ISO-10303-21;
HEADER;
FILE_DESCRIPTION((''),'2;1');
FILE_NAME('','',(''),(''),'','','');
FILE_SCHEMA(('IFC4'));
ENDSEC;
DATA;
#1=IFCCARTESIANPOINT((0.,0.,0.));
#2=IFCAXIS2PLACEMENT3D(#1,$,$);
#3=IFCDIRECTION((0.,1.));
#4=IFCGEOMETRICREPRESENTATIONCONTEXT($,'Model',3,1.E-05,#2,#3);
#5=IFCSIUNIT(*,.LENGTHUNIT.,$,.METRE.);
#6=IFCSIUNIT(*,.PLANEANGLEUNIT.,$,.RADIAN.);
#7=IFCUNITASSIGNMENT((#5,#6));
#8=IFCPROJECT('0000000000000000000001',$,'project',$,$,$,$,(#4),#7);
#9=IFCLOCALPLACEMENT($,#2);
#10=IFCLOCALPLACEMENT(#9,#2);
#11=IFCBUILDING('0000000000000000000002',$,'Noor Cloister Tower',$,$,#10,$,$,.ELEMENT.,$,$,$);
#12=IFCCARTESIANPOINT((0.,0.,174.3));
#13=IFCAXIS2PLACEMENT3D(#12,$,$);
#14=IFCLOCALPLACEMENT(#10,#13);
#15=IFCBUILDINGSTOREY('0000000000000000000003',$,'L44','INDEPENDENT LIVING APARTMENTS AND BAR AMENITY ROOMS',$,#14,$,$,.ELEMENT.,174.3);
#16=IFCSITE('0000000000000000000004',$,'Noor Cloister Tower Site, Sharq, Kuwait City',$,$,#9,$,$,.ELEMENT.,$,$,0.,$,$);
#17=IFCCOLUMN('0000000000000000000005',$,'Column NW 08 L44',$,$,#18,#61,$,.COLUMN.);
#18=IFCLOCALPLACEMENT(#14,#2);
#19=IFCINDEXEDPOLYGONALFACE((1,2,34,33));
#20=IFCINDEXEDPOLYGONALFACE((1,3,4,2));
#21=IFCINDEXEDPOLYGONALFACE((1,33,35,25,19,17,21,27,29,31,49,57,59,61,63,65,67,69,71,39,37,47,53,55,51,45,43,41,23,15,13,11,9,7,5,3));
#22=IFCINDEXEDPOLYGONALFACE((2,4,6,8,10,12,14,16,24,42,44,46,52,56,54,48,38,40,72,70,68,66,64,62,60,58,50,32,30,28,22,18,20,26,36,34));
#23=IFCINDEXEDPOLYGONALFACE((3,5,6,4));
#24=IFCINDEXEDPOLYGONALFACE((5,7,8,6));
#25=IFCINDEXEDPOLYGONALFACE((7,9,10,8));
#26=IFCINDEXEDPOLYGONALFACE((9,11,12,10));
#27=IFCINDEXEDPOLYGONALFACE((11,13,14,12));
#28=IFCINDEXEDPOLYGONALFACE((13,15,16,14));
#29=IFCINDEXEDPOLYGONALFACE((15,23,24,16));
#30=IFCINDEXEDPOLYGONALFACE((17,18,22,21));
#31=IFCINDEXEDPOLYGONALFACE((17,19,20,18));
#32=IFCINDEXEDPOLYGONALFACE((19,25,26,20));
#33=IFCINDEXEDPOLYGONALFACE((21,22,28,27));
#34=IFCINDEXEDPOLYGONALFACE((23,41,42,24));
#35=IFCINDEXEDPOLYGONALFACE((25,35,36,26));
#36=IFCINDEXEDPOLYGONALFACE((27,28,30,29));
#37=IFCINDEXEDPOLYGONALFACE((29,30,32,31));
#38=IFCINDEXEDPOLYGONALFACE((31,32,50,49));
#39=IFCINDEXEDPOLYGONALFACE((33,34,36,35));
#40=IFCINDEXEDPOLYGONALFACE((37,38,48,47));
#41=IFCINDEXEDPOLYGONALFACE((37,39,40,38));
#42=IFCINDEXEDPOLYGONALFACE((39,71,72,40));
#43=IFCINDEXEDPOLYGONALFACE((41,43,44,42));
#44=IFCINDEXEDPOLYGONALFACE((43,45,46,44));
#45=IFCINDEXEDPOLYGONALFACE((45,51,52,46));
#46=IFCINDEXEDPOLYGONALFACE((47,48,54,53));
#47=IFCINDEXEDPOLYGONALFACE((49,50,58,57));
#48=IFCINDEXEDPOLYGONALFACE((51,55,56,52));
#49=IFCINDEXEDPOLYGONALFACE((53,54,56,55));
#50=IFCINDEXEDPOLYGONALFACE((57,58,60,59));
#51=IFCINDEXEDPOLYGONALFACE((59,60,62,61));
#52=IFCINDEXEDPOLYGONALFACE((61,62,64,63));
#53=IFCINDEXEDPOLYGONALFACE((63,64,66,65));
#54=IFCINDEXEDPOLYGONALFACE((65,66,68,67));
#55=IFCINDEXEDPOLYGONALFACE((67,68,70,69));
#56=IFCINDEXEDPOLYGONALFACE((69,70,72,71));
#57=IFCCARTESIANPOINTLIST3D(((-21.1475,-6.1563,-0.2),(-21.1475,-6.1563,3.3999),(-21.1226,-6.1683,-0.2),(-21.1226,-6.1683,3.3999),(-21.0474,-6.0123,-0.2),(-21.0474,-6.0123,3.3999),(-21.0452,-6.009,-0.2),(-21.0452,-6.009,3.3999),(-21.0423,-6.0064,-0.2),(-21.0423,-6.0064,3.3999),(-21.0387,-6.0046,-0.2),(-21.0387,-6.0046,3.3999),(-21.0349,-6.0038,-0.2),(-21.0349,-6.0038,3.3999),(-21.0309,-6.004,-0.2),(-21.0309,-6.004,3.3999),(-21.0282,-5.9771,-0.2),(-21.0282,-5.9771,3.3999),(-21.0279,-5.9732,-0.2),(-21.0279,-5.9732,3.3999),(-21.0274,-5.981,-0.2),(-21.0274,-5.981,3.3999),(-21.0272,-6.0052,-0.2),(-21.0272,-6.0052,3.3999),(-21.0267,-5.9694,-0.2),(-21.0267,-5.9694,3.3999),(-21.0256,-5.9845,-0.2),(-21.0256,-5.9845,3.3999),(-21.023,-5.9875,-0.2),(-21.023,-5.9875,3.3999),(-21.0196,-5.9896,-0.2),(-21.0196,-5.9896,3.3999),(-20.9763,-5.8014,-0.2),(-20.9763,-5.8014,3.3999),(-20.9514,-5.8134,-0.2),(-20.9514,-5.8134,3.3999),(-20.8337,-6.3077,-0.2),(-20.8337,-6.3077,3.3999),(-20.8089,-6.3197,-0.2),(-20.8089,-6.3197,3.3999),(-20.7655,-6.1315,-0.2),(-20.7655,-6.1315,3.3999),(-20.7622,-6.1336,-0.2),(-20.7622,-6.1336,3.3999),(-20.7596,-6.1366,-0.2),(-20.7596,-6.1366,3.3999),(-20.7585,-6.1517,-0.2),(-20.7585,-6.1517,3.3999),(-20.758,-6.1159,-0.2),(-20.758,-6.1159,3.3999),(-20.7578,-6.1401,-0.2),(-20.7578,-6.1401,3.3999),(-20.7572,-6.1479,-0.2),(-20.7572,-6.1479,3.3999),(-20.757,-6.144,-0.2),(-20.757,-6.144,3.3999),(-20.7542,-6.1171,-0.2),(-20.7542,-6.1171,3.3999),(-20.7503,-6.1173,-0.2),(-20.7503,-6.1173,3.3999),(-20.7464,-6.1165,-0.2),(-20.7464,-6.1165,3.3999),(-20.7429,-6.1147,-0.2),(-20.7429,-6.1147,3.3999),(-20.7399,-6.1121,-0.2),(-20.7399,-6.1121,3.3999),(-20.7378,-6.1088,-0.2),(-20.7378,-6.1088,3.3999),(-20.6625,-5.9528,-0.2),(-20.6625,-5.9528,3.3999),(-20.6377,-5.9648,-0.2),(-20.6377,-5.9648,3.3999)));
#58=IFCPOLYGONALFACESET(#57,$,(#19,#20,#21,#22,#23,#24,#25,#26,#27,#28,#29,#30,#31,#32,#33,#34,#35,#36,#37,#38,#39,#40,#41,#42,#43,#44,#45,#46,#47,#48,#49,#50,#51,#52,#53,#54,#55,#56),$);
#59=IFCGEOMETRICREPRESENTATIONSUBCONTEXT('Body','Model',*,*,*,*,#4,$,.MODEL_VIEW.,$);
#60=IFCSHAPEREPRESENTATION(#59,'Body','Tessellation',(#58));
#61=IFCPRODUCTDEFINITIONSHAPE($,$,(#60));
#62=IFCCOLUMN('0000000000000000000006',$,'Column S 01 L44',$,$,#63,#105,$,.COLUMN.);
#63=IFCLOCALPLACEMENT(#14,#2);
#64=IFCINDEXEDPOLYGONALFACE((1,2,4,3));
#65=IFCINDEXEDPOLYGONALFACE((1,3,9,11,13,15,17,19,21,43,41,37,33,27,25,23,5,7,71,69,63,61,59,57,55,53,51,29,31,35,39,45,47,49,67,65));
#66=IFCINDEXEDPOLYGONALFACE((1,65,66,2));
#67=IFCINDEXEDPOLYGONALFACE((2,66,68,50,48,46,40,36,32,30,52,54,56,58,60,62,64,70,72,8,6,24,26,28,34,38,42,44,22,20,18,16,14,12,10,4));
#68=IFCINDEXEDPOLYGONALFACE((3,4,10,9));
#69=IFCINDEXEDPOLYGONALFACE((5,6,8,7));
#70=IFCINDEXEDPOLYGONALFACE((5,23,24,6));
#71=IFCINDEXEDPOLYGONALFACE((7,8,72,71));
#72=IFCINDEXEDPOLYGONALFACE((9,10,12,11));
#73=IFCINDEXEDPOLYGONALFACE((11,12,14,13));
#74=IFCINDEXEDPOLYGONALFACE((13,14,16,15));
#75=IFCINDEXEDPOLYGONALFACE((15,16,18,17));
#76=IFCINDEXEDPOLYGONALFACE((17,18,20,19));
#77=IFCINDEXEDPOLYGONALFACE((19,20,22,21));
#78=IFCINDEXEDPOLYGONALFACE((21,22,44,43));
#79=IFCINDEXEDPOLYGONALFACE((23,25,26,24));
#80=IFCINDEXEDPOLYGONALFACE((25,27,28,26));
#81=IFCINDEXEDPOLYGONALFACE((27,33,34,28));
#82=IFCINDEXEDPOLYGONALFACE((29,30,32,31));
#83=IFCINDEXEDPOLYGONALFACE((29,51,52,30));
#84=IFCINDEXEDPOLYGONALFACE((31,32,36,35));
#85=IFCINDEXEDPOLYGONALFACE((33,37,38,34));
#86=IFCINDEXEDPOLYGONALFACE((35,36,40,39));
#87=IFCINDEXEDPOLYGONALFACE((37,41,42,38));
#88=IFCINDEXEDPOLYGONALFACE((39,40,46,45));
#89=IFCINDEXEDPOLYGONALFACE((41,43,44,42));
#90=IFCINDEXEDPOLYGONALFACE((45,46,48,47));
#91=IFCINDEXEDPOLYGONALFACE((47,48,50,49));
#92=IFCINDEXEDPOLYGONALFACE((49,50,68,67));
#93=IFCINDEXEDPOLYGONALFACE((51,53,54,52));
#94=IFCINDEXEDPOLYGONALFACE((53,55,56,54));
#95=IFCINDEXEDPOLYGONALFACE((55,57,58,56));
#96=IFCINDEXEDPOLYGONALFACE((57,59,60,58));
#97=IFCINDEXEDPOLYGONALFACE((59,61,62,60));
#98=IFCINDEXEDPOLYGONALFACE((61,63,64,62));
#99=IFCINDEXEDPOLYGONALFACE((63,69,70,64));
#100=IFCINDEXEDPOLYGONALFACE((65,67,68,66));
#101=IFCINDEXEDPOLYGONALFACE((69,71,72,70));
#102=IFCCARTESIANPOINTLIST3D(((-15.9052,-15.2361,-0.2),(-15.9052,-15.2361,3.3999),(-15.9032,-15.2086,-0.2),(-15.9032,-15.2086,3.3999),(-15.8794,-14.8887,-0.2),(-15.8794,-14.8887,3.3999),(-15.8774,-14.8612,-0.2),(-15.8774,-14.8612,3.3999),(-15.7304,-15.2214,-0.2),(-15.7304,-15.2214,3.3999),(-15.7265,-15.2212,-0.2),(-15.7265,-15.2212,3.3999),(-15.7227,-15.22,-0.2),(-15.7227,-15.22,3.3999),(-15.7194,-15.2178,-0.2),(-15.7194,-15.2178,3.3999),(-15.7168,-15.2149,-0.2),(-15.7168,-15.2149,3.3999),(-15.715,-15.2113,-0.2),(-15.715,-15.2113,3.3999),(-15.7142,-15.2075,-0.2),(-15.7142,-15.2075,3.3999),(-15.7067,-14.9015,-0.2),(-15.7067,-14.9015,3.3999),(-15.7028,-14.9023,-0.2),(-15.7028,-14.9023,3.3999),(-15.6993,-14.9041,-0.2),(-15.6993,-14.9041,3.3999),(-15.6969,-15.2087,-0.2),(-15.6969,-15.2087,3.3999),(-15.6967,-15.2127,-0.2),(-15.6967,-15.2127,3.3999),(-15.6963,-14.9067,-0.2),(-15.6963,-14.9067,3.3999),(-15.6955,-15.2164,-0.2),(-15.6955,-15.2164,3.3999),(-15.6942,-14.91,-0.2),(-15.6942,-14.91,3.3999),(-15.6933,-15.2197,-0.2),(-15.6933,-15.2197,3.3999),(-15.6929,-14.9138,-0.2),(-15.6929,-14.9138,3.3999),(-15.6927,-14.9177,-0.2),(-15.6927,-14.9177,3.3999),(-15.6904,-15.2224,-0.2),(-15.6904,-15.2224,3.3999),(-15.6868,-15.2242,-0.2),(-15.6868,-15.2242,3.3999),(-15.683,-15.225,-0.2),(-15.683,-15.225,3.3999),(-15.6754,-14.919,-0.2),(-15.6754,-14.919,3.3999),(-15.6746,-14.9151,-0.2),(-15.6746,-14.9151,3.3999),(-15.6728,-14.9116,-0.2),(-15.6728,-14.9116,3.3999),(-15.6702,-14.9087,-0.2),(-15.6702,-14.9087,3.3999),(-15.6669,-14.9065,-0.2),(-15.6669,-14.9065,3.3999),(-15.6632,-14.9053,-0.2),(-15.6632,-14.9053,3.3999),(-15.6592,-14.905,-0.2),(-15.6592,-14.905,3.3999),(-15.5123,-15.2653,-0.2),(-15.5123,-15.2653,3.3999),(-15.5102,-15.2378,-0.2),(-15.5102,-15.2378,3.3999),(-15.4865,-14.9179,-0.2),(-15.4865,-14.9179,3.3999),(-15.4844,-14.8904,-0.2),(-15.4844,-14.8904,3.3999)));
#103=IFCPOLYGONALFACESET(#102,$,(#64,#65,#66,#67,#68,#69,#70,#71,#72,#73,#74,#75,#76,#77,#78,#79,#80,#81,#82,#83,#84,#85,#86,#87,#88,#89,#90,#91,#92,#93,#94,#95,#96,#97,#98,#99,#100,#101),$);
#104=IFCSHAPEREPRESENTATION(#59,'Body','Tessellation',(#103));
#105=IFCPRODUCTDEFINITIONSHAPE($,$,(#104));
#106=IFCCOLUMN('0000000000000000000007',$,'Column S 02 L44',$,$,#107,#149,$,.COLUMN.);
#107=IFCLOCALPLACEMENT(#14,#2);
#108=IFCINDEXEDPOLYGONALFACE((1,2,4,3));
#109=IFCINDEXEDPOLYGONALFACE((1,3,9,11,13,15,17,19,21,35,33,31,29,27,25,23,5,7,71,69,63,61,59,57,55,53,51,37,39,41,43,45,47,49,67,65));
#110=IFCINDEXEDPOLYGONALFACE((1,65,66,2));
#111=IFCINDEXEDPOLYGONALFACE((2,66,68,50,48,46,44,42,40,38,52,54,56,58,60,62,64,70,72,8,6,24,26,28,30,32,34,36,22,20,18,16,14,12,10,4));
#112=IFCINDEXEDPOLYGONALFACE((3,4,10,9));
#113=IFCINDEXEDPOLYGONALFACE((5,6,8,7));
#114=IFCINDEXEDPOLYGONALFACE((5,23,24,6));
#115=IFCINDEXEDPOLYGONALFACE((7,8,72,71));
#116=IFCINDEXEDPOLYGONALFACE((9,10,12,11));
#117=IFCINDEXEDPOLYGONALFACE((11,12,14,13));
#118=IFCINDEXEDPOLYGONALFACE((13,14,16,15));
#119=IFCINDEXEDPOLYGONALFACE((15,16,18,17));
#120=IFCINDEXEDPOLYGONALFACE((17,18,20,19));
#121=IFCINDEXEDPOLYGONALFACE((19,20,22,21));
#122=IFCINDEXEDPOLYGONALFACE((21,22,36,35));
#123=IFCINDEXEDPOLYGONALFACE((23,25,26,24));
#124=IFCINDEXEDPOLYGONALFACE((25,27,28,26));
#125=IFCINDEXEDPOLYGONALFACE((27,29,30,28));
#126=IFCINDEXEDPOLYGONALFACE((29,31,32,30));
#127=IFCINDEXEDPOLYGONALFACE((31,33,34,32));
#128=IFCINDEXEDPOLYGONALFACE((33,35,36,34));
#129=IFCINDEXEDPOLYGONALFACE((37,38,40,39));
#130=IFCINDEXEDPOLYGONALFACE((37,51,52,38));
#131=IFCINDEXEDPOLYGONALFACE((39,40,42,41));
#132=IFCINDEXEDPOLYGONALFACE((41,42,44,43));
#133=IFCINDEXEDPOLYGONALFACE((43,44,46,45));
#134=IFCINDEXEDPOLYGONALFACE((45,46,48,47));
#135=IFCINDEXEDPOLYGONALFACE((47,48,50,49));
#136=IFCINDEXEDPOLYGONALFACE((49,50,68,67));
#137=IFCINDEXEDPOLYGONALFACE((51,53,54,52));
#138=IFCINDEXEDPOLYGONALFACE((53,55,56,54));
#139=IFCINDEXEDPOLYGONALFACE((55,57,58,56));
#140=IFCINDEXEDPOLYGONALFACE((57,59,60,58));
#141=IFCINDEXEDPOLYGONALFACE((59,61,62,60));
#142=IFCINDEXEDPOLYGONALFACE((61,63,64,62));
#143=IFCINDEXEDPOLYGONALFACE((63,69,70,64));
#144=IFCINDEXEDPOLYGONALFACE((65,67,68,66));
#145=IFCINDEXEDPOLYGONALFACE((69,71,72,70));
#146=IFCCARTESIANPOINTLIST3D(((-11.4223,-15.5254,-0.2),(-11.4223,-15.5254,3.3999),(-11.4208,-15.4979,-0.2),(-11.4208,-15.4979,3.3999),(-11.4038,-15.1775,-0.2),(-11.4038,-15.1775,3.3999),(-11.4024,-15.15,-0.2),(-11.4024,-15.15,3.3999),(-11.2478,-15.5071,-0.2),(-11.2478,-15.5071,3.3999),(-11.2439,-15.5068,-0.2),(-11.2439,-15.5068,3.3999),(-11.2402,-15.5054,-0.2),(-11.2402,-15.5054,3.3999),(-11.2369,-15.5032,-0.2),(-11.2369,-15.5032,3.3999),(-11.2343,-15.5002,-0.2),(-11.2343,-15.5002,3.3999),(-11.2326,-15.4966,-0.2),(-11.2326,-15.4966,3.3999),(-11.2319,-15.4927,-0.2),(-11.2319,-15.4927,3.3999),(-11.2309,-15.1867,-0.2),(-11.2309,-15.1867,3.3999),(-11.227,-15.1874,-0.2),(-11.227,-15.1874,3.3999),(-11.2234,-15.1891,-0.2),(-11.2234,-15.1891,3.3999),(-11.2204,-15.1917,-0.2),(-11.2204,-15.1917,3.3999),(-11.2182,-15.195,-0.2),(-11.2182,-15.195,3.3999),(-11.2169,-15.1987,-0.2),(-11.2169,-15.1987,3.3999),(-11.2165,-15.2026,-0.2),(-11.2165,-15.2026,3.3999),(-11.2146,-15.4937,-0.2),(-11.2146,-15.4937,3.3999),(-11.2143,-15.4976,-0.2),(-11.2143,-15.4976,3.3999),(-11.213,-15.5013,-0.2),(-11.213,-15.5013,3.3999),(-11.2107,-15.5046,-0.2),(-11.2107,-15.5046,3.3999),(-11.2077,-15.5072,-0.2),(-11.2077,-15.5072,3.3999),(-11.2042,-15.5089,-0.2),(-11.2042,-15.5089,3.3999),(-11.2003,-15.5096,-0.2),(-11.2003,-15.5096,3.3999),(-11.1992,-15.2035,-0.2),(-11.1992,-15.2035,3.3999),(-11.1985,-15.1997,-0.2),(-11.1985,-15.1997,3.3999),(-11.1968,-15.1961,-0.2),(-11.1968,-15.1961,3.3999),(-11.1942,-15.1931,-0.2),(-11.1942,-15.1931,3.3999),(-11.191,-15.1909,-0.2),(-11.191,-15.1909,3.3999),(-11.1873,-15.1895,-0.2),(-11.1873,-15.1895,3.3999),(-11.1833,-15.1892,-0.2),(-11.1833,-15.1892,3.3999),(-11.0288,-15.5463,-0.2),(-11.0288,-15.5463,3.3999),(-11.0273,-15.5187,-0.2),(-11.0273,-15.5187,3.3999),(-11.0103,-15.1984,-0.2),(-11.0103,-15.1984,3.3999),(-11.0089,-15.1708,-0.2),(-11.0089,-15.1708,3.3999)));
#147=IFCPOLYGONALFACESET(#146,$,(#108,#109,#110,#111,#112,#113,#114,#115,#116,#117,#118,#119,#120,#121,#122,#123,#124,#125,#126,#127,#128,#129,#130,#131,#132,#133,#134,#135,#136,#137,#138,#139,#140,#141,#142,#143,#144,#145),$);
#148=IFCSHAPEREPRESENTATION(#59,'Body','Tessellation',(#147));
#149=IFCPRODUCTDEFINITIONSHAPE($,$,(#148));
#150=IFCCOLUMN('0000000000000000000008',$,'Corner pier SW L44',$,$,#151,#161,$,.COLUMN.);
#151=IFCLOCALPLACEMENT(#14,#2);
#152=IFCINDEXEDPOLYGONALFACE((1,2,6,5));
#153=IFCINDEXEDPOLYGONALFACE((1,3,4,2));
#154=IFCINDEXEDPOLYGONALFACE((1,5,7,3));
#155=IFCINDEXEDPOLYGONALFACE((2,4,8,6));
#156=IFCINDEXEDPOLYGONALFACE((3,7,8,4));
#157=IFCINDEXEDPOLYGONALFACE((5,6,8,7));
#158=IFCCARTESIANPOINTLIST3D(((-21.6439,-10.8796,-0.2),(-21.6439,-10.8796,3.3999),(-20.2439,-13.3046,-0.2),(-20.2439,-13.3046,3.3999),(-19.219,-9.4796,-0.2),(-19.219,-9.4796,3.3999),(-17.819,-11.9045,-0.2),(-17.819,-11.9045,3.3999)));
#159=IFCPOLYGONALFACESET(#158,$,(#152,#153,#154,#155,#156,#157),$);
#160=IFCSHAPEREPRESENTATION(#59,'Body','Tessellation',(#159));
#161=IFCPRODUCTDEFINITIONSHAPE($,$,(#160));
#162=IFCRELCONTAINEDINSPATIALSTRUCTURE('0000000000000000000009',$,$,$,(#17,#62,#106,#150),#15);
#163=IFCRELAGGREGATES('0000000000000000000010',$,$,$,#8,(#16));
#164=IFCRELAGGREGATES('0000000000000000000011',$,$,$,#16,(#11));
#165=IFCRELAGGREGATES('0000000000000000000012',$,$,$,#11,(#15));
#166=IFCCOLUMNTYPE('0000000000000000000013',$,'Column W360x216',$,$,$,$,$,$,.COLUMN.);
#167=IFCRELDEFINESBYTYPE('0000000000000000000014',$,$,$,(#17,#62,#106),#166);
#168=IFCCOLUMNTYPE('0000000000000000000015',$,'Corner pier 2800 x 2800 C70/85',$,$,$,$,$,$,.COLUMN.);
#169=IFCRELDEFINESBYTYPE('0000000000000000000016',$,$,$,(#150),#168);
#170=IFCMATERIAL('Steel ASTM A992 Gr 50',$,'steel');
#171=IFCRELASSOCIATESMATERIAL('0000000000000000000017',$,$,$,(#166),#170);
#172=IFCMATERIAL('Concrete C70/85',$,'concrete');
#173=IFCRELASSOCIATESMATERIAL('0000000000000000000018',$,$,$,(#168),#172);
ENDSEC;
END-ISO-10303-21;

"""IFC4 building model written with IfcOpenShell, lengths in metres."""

from ifc_helpers import new_model, si_unit, direction, frame, origin, origin_2d, place, context, subcontext, project, spatial, rectangle, i_section, extrude, material, material_profile, profile_set, type_object, element, save


model = new_model("IFC4")

# Units and contexts
model_context = context("Model", 3, precision=1e-05, world=origin(), true_north=direction((0.0, 1.0)))
body_context = subcontext(model_context, "Body", "Model", "MODEL_VIEW")
ifc_project = project(units=[si_unit("LENGTHUNIT", "METRE"), si_unit("PLANEANGLEUNIT", "RADIAN")], contexts=[model_context])

# Site, building, storey
site_placement = place(None, origin())
site = spatial("IfcSite", under=ifc_project, at=site_placement, Name="Noor Cloister Tower Site, Sharq, Kuwait City", CompositionType="ELEMENT", RefElevation=0.0)
building_placement = place(site_placement, origin())
building = spatial("IfcBuilding", under=site, at=building_placement, Name="Noor Cloister Tower", CompositionType="ELEMENT")
storey_placement = place(building_placement, frame((0.0, 0.0, 174.3)))
storey = spatial("IfcBuildingStorey", under=building, at=storey_placement, Name="L44", Description="INDEPENDENT LIVING APARTMENTS AND BAR AMENITY ROOMS", CompositionType="ELEMENT", Elevation=174.3)

# Columns
ifc_material_1 = material(Name="Steel ASTM A992 Gr 50", Category="steel")
ifc_material_profile_1 = material_profile(ifc_material_1, i_section(OverallWidth=0.394, OverallDepth=0.376, WebThickness=0.0173, FlangeThickness=0.0276, FilletRadius=0.0151, at=origin_2d()), Name="W360x216")
ifc_profile_set_1 = profile_set([ifc_material_profile_1], Name="Steel ASTM A992 Gr 50")
column_type_1 = type_object("IfcColumnType", Name="Column W360x216", PredefinedType="COLUMN", material=ifc_profile_set_1)
for number, where, z_axis, x_axis, name in (
    (1, (-20.8926, -6.0605, -0.2), (0.0, 0.0, 1.0), (-0.434482, -0.90068, 0.0), "Column NW 08 L44"),
    (2, (-15.6948, -15.0632, -0.2), (0.0, 0.0, 1.0), (0.997253, -0.074068, 0.0), "Column S 01 L44"),
    (3, (-11.2156, -15.3481, -0.2), (0.0, 0.0, 1.0), (0.998598, -0.052929, 0.0), "Column S 02 L44"),
):
    element("IfcColumn", number, at=place(storey_placement, frame(where, z_axis=z_axis, x_axis=x_axis)), inside=storey, type_object=column_type_1, Name=name, PredefinedType="COLUMN", context=body_context, shape_type="SweptSolid", body=[
        extrude(i_section(OverallWidth=0.394, OverallDepth=0.376, WebThickness=0.0173, FlangeThickness=0.0276, FilletRadius=0.0151, at=origin_2d()), origin(), (0.0, 0.0, 1.0), 3.5999),
    ])
ifc_material_2 = material(Name="Concrete C70/85", Category="concrete")
ifc_material_profile_2 = material_profile(ifc_material_2, rectangle(XDim=2.8, YDim=2.8, at=origin_2d()), Name="RC 2800x2800")
ifc_profile_set_2 = profile_set([ifc_material_profile_2], Name="Concrete C70/85")
column_type_2 = type_object("IfcColumnType", Name="Corner pier 2800 x 2800 C70/85", PredefinedType="COLUMN", material=ifc_profile_set_2)
column_placement = place(storey_placement, frame((-19.7314, -11.3921, -0.2), z_axis=(0.0, 0.0, 1.0), x_axis=(-0.866025, -0.5, 0.0)))
element("IfcColumn", 4, at=column_placement, inside=storey, type_object=column_type_2, Name="Corner pier SW L44", PredefinedType="COLUMN", context=body_context, shape_type="SweptSolid", body=[
    extrude(rectangle(XDim=2.8, YDim=2.8, at=origin_2d()), origin(), (0.0, 0.0, 1.0), 3.5999),
])

save(model, "model.ifc")
